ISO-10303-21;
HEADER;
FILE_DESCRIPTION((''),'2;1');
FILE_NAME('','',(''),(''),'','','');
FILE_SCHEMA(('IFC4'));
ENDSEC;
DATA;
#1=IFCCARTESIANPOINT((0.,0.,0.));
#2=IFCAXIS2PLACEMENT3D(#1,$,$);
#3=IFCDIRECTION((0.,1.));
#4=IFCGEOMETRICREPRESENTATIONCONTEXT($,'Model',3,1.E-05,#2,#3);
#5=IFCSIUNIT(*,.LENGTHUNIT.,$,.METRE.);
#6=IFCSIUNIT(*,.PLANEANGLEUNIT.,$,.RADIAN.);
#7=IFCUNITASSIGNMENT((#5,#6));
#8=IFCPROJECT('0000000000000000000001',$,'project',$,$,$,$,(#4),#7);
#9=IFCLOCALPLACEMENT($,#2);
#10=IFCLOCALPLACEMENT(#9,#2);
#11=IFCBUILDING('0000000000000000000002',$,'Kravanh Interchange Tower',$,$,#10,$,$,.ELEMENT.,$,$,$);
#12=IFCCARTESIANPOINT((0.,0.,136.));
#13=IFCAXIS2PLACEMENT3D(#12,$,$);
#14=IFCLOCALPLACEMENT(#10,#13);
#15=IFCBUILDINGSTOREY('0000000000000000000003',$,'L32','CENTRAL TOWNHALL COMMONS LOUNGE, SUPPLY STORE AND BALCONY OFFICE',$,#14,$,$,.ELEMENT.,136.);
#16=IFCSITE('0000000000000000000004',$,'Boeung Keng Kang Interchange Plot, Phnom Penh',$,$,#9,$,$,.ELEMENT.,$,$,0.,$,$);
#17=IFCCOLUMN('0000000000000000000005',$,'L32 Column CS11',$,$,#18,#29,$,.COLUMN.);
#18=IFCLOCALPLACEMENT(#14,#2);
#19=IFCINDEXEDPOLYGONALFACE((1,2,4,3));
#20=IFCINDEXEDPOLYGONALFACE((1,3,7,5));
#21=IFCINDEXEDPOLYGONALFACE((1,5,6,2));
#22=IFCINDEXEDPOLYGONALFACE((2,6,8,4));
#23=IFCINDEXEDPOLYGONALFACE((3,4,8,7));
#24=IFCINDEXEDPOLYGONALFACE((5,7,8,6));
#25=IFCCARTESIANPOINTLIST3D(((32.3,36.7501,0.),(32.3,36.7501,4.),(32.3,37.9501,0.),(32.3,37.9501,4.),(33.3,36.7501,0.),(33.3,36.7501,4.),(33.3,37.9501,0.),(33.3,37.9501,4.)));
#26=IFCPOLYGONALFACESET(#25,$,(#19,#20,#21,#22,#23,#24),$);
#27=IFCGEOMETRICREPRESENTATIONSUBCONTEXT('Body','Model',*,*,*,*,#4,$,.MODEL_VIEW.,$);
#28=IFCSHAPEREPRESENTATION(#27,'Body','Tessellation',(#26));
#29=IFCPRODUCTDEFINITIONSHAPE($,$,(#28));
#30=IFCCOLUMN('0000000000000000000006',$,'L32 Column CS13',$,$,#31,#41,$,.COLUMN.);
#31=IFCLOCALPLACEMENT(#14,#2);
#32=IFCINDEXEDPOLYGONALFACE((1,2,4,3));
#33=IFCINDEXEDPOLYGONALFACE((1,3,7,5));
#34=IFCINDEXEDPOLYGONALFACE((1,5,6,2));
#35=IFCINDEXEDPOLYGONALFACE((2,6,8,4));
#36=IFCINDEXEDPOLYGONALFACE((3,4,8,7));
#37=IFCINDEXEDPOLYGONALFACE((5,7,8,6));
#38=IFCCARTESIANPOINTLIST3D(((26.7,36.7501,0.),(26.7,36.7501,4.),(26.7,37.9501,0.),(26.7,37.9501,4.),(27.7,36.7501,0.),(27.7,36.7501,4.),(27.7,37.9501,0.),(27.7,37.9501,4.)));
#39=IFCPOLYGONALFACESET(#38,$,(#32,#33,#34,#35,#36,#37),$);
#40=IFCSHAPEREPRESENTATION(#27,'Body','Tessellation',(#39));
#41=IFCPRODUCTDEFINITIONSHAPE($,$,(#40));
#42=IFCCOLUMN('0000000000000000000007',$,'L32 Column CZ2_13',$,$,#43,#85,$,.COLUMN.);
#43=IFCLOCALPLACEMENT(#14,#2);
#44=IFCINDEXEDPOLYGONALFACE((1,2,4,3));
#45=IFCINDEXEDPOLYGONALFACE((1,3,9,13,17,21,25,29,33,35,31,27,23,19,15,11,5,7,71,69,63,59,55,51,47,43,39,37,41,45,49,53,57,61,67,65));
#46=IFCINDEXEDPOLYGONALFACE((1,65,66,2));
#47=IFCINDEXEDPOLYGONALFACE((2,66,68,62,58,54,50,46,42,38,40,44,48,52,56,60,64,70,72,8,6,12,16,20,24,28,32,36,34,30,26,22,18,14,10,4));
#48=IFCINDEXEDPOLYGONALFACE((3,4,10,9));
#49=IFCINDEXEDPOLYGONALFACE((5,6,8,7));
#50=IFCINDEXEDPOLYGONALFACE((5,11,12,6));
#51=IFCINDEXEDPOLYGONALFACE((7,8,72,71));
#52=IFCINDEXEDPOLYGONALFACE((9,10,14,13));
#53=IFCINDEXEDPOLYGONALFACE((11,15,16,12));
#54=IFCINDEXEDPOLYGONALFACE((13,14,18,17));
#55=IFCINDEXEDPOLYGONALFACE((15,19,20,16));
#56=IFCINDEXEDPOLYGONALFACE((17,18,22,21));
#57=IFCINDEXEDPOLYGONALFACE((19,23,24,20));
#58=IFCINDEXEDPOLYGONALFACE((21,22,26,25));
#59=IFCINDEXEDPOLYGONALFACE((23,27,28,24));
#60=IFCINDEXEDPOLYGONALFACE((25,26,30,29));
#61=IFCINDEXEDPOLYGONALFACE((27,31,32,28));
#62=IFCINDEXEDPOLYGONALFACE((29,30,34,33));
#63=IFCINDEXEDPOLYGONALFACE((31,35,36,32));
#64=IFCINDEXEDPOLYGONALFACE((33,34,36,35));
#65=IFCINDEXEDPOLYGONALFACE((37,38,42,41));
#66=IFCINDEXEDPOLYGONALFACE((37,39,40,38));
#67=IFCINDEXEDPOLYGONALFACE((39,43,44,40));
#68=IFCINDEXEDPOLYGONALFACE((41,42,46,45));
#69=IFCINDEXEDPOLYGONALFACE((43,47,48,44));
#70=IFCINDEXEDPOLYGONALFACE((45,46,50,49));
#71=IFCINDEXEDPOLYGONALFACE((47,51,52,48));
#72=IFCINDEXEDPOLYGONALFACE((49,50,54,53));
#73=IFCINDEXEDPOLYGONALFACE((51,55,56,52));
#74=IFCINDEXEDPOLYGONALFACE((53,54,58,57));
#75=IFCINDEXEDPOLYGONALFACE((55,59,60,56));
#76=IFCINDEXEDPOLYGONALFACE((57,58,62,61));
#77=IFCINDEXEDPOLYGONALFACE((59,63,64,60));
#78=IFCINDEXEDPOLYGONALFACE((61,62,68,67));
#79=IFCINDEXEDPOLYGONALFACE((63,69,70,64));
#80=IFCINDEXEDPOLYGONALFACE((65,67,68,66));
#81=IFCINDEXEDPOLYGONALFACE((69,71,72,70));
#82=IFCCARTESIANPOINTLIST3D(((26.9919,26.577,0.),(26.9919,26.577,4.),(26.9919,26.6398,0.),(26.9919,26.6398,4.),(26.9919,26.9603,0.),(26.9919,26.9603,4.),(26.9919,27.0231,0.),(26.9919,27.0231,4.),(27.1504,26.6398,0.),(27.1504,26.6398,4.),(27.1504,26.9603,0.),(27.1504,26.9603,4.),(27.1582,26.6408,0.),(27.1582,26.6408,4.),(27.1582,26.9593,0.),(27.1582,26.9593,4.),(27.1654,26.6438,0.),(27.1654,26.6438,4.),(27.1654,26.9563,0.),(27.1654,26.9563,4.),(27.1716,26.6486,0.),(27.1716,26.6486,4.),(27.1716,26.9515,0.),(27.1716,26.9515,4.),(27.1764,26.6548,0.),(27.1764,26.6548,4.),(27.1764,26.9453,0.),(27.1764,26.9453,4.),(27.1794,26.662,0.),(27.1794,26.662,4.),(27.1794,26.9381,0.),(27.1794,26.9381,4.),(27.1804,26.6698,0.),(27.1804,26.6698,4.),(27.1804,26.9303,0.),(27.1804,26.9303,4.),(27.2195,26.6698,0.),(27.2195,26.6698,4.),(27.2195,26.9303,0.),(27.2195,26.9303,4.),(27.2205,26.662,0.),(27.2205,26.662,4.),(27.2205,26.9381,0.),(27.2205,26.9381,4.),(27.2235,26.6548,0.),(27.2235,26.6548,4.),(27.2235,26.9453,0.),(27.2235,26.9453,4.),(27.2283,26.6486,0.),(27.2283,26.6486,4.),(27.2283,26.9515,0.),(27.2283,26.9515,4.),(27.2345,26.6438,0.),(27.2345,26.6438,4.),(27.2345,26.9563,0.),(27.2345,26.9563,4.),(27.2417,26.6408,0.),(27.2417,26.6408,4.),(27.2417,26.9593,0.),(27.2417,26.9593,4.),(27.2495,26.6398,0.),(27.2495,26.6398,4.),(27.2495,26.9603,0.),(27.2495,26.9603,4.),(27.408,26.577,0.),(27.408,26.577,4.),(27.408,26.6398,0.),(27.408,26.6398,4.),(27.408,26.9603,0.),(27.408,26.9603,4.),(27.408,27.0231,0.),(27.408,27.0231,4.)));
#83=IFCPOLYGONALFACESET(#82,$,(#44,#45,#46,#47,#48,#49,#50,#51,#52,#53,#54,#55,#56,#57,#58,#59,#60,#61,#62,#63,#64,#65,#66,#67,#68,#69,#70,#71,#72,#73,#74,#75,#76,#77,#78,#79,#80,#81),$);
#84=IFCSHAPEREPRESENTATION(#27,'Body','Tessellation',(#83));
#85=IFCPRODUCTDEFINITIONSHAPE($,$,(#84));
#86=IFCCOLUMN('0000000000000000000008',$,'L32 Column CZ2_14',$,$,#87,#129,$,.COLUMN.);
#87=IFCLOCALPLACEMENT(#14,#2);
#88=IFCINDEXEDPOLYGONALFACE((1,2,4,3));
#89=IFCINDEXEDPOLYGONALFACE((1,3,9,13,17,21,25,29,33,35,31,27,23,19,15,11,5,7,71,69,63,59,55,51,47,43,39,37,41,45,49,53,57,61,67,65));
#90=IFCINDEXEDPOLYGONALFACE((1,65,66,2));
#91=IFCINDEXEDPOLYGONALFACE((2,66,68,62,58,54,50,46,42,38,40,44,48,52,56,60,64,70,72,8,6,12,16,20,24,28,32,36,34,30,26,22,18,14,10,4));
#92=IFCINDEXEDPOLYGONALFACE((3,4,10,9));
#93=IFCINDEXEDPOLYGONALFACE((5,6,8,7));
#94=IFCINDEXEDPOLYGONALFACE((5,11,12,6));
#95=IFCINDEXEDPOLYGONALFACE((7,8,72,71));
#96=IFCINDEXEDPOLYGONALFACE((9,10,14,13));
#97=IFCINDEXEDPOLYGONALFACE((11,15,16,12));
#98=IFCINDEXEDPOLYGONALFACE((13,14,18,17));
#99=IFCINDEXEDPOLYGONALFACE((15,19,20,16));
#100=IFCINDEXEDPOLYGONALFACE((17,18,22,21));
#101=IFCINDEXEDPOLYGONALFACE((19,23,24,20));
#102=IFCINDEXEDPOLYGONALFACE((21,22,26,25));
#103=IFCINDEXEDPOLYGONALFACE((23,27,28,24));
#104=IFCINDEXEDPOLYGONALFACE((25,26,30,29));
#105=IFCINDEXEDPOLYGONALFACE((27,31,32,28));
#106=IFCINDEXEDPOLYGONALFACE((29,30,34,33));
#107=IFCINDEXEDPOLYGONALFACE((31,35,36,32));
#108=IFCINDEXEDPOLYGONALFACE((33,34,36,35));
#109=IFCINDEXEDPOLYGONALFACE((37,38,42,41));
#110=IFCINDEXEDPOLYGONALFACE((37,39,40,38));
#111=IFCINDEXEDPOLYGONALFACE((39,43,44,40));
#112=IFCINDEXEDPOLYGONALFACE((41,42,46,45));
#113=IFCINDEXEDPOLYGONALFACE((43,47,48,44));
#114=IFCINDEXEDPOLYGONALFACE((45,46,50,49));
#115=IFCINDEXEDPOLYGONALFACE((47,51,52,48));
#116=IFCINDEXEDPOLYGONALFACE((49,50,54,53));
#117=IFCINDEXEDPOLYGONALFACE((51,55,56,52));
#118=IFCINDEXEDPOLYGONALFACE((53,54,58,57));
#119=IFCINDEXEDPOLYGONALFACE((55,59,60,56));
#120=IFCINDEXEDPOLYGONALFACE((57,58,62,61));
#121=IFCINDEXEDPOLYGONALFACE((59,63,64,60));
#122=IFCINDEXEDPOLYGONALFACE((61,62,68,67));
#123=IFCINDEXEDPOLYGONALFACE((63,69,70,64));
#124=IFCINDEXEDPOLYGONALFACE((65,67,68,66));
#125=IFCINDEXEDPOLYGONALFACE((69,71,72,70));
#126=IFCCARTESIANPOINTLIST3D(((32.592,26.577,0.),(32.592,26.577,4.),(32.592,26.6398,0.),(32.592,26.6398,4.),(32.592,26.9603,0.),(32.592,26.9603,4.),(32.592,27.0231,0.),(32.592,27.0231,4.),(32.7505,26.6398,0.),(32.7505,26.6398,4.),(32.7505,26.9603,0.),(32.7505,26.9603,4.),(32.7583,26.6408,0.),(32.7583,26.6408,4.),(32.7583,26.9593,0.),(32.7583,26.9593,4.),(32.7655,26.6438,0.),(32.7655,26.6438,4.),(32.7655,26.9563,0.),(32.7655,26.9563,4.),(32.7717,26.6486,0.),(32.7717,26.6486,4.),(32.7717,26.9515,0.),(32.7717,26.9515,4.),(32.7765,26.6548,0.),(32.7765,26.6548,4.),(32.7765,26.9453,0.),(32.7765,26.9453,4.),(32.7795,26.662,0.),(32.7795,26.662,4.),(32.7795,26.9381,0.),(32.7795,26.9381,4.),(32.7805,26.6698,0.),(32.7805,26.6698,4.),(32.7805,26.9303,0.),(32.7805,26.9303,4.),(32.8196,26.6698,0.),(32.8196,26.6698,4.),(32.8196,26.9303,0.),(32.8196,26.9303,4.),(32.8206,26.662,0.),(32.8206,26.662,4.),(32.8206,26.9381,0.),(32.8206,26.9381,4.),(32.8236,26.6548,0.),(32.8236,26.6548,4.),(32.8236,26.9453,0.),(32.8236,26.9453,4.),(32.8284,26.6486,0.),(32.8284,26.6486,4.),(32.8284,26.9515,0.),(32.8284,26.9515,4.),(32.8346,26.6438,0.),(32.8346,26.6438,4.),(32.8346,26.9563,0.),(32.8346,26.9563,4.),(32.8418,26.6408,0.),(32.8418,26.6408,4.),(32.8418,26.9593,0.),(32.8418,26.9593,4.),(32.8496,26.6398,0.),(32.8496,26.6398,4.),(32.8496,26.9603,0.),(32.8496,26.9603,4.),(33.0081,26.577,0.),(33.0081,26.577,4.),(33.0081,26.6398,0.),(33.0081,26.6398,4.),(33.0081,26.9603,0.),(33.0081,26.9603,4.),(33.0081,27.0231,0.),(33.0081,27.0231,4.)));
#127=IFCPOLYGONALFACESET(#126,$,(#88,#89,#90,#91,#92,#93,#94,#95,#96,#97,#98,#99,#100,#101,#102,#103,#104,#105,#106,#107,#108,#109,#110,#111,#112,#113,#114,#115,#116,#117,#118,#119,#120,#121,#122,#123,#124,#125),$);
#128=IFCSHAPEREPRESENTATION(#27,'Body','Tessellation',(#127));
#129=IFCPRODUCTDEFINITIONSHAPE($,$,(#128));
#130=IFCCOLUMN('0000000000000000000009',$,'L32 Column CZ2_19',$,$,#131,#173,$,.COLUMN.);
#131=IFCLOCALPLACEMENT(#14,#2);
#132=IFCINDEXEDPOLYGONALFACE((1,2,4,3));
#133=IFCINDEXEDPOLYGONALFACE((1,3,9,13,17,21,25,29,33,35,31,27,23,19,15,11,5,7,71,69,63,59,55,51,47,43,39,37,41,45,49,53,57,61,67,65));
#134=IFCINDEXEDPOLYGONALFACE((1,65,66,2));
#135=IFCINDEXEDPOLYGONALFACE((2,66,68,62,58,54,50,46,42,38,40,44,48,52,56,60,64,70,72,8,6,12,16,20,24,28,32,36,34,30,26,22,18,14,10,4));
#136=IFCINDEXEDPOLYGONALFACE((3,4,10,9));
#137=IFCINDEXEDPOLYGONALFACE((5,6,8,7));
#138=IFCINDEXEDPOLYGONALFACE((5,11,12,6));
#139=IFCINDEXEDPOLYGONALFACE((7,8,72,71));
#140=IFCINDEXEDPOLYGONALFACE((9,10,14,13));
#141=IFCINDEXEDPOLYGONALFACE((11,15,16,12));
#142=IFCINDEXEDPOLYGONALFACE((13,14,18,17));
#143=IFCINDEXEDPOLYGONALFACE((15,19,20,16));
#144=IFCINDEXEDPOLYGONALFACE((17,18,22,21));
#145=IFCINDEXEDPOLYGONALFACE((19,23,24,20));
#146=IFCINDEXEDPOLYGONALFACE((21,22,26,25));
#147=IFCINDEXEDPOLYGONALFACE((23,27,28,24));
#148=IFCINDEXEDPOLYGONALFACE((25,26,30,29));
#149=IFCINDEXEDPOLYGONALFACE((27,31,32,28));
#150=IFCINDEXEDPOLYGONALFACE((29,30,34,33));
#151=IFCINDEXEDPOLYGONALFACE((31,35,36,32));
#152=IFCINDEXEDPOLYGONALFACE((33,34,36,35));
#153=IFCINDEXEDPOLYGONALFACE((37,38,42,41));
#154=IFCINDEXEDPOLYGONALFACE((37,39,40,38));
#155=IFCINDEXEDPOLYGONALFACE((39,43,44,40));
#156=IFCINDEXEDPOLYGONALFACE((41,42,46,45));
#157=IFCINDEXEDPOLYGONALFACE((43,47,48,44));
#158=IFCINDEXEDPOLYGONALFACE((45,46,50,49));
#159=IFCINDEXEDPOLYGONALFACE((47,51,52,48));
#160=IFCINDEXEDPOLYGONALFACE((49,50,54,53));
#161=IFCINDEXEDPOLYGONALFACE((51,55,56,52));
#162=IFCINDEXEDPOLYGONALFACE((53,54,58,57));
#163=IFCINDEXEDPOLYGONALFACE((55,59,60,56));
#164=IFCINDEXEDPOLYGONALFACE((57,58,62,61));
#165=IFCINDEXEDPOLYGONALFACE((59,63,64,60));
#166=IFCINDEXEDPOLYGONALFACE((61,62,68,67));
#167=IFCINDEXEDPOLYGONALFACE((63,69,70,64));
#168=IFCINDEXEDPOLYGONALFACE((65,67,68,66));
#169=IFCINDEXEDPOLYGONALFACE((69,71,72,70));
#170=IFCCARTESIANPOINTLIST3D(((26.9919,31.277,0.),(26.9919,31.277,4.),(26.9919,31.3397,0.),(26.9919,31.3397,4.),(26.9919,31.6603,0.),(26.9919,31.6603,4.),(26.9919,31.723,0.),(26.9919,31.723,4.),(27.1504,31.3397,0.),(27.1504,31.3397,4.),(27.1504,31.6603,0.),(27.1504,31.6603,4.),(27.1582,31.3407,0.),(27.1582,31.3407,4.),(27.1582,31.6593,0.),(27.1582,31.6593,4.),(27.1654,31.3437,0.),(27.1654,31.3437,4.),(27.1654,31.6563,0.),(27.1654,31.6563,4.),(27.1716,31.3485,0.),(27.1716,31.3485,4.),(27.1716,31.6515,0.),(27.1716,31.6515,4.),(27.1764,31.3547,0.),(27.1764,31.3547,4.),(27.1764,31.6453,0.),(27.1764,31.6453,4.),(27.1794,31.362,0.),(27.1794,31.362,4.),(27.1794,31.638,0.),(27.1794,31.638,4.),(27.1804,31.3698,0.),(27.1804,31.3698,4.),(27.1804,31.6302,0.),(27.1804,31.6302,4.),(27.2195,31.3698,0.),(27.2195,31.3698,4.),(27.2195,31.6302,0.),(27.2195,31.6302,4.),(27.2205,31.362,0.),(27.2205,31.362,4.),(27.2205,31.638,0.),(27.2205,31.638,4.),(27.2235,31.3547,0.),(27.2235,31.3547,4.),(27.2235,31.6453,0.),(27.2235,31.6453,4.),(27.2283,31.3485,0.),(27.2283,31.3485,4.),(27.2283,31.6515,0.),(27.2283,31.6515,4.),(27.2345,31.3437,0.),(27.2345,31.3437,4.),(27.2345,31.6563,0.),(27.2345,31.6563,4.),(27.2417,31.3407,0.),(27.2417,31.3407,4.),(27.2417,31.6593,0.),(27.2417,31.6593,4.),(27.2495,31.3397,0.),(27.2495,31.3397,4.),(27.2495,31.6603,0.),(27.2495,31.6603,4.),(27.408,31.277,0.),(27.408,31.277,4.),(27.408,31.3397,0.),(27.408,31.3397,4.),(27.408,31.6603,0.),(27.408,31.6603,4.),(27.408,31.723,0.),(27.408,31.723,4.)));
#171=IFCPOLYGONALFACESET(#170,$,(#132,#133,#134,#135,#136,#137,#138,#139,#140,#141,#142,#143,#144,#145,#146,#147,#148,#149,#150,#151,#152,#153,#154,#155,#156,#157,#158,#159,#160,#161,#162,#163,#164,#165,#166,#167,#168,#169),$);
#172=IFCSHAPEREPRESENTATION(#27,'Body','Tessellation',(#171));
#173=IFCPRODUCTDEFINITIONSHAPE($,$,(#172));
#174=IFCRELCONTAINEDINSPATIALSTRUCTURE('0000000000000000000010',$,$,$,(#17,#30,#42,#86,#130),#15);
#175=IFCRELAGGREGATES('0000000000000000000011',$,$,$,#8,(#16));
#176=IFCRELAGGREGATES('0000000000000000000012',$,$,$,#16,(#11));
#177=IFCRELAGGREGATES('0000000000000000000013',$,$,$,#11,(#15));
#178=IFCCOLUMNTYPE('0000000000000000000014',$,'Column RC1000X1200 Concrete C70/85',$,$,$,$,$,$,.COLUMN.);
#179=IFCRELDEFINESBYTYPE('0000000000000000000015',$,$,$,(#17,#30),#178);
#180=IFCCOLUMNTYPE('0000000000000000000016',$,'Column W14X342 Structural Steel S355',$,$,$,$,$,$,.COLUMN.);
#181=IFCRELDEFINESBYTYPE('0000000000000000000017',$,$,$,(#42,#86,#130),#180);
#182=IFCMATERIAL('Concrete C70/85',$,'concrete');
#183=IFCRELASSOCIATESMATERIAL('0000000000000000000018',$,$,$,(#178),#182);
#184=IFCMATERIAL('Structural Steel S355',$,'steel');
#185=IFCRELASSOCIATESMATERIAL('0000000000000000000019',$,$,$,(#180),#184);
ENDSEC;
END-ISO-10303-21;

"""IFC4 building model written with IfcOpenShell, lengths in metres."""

from ifc_helpers import new_model, si_unit, direction, frame, origin, origin_2d, place, context, subcontext, project, spatial, rectangle, i_section, extrude, material, material_profile, profile_set, type_object, element, save


model = new_model("IFC4")

# Units and contexts
model_context = context("Model", 3, precision=1e-05, world=origin(), true_north=direction((0.0, 1.0)))
body_context = subcontext(model_context, "Body", "Model", "MODEL_VIEW")
ifc_project = project(units=[si_unit("LENGTHUNIT", "METRE"), si_unit("PLANEANGLEUNIT", "RADIAN")], contexts=[model_context])

# Site, building, storey
site_placement = place(None, origin())
site = spatial("IfcSite", under=ifc_project, at=site_placement, Name="Boeung Keng Kang Interchange Plot, Phnom Penh", CompositionType="ELEMENT", RefElevation=0.0)
building_placement = place(site_placement, origin())
building = spatial("IfcBuilding", under=site, at=building_placement, Name="Kravanh Interchange Tower", CompositionType="ELEMENT")
storey_placement = place(building_placement, frame((0.0, 0.0, 136.0)))
storey = spatial("IfcBuildingStorey", under=building, at=storey_placement, Name="L32", Description="CENTRAL TOWNHALL COMMONS LOUNGE, SUPPLY STORE AND BALCONY OFFICE", CompositionType="ELEMENT", Elevation=136.0)

# Columns
ifc_material_1 = material(Name="Concrete C70/85", Category="concrete")
ifc_material_profile_1 = material_profile(ifc_material_1, rectangle(XDim=1.0, YDim=1.2, at=origin_2d()), Name="RC1000X1200")
ifc_profile_set_1 = profile_set([ifc_material_profile_1], Name="Concrete C70/85")
column_type_1 = type_object("IfcColumnType", Name="Column RC1000X1200 Concrete C70/85", PredefinedType="COLUMN", material=ifc_profile_set_1)
for number, where, z_axis, x_axis, name in (
    (1, (32.8, 37.3501, 0.0), (0.0, 0.0, 1.0), (1.0, 0.0, 0.0), "L32 Column CS11"),
    (2, (27.2, 37.3501, 0.0), (0.0, 0.0, 1.0), (1.0, 0.0, 0.0), "L32 Column CS13"),
):
    element("IfcColumn", number, at=place(storey_placement, frame(where, z_axis=z_axis, x_axis=x_axis)), inside=storey, type_object=column_type_1, Name=name, PredefinedType="COLUMN", context=body_context, shape_type="SweptSolid", body=[
        extrude(rectangle(XDim=1.0, YDim=1.2, at=origin_2d()), origin(), (0.0, 0.0, 1.0), 4.0),
    ])
ifc_material_2 = material(Name="Structural Steel S355", Category="steel")
ifc_material_profile_2 = material_profile(ifc_material_2, i_section(OverallWidth=0.416, OverallDepth=0.446, WebThickness=0.0391, FlangeThickness=0.0627, FilletRadius=0.03, at=origin_2d()), Name="W14X342")
ifc_profile_set_2 = profile_set([ifc_material_profile_2], Name="Structural Steel S355")
column_type_2 = type_object("IfcColumnType", Name="Column W14X342 Structural Steel S355", PredefinedType="COLUMN", material=ifc_profile_set_2)
for number, where, z_axis, x_axis, name in (
    (3, (27.2, 26.8, 0.0), (0.0, 0.0, 1.0), (1.0, 0.0, 0.0), "L32 Column CZ2_13"),
    (4, (32.8, 26.8, 0.0), (0.0, 0.0, 1.0), (1.0, 0.0, 0.0), "L32 Column CZ2_14"),
    (5, (27.2, 31.5, 0.0), (0.0, 0.0, 1.0), (1.0, 0.0, 0.0), "L32 Column CZ2_19"),
):
    element("IfcColumn", number, at=place(storey_placement, frame(where, z_axis=z_axis, x_axis=x_axis)), inside=storey, type_object=column_type_2, Name=name, PredefinedType="COLUMN", context=body_context, shape_type="SweptSolid", body=[
        extrude(i_section(OverallWidth=0.416, OverallDepth=0.446, WebThickness=0.0391, FlangeThickness=0.0627, FilletRadius=0.03, at=origin_2d()), origin(), (0.0, 0.0, 1.0), 4.0),
    ])

save(model, "model.ifc")
